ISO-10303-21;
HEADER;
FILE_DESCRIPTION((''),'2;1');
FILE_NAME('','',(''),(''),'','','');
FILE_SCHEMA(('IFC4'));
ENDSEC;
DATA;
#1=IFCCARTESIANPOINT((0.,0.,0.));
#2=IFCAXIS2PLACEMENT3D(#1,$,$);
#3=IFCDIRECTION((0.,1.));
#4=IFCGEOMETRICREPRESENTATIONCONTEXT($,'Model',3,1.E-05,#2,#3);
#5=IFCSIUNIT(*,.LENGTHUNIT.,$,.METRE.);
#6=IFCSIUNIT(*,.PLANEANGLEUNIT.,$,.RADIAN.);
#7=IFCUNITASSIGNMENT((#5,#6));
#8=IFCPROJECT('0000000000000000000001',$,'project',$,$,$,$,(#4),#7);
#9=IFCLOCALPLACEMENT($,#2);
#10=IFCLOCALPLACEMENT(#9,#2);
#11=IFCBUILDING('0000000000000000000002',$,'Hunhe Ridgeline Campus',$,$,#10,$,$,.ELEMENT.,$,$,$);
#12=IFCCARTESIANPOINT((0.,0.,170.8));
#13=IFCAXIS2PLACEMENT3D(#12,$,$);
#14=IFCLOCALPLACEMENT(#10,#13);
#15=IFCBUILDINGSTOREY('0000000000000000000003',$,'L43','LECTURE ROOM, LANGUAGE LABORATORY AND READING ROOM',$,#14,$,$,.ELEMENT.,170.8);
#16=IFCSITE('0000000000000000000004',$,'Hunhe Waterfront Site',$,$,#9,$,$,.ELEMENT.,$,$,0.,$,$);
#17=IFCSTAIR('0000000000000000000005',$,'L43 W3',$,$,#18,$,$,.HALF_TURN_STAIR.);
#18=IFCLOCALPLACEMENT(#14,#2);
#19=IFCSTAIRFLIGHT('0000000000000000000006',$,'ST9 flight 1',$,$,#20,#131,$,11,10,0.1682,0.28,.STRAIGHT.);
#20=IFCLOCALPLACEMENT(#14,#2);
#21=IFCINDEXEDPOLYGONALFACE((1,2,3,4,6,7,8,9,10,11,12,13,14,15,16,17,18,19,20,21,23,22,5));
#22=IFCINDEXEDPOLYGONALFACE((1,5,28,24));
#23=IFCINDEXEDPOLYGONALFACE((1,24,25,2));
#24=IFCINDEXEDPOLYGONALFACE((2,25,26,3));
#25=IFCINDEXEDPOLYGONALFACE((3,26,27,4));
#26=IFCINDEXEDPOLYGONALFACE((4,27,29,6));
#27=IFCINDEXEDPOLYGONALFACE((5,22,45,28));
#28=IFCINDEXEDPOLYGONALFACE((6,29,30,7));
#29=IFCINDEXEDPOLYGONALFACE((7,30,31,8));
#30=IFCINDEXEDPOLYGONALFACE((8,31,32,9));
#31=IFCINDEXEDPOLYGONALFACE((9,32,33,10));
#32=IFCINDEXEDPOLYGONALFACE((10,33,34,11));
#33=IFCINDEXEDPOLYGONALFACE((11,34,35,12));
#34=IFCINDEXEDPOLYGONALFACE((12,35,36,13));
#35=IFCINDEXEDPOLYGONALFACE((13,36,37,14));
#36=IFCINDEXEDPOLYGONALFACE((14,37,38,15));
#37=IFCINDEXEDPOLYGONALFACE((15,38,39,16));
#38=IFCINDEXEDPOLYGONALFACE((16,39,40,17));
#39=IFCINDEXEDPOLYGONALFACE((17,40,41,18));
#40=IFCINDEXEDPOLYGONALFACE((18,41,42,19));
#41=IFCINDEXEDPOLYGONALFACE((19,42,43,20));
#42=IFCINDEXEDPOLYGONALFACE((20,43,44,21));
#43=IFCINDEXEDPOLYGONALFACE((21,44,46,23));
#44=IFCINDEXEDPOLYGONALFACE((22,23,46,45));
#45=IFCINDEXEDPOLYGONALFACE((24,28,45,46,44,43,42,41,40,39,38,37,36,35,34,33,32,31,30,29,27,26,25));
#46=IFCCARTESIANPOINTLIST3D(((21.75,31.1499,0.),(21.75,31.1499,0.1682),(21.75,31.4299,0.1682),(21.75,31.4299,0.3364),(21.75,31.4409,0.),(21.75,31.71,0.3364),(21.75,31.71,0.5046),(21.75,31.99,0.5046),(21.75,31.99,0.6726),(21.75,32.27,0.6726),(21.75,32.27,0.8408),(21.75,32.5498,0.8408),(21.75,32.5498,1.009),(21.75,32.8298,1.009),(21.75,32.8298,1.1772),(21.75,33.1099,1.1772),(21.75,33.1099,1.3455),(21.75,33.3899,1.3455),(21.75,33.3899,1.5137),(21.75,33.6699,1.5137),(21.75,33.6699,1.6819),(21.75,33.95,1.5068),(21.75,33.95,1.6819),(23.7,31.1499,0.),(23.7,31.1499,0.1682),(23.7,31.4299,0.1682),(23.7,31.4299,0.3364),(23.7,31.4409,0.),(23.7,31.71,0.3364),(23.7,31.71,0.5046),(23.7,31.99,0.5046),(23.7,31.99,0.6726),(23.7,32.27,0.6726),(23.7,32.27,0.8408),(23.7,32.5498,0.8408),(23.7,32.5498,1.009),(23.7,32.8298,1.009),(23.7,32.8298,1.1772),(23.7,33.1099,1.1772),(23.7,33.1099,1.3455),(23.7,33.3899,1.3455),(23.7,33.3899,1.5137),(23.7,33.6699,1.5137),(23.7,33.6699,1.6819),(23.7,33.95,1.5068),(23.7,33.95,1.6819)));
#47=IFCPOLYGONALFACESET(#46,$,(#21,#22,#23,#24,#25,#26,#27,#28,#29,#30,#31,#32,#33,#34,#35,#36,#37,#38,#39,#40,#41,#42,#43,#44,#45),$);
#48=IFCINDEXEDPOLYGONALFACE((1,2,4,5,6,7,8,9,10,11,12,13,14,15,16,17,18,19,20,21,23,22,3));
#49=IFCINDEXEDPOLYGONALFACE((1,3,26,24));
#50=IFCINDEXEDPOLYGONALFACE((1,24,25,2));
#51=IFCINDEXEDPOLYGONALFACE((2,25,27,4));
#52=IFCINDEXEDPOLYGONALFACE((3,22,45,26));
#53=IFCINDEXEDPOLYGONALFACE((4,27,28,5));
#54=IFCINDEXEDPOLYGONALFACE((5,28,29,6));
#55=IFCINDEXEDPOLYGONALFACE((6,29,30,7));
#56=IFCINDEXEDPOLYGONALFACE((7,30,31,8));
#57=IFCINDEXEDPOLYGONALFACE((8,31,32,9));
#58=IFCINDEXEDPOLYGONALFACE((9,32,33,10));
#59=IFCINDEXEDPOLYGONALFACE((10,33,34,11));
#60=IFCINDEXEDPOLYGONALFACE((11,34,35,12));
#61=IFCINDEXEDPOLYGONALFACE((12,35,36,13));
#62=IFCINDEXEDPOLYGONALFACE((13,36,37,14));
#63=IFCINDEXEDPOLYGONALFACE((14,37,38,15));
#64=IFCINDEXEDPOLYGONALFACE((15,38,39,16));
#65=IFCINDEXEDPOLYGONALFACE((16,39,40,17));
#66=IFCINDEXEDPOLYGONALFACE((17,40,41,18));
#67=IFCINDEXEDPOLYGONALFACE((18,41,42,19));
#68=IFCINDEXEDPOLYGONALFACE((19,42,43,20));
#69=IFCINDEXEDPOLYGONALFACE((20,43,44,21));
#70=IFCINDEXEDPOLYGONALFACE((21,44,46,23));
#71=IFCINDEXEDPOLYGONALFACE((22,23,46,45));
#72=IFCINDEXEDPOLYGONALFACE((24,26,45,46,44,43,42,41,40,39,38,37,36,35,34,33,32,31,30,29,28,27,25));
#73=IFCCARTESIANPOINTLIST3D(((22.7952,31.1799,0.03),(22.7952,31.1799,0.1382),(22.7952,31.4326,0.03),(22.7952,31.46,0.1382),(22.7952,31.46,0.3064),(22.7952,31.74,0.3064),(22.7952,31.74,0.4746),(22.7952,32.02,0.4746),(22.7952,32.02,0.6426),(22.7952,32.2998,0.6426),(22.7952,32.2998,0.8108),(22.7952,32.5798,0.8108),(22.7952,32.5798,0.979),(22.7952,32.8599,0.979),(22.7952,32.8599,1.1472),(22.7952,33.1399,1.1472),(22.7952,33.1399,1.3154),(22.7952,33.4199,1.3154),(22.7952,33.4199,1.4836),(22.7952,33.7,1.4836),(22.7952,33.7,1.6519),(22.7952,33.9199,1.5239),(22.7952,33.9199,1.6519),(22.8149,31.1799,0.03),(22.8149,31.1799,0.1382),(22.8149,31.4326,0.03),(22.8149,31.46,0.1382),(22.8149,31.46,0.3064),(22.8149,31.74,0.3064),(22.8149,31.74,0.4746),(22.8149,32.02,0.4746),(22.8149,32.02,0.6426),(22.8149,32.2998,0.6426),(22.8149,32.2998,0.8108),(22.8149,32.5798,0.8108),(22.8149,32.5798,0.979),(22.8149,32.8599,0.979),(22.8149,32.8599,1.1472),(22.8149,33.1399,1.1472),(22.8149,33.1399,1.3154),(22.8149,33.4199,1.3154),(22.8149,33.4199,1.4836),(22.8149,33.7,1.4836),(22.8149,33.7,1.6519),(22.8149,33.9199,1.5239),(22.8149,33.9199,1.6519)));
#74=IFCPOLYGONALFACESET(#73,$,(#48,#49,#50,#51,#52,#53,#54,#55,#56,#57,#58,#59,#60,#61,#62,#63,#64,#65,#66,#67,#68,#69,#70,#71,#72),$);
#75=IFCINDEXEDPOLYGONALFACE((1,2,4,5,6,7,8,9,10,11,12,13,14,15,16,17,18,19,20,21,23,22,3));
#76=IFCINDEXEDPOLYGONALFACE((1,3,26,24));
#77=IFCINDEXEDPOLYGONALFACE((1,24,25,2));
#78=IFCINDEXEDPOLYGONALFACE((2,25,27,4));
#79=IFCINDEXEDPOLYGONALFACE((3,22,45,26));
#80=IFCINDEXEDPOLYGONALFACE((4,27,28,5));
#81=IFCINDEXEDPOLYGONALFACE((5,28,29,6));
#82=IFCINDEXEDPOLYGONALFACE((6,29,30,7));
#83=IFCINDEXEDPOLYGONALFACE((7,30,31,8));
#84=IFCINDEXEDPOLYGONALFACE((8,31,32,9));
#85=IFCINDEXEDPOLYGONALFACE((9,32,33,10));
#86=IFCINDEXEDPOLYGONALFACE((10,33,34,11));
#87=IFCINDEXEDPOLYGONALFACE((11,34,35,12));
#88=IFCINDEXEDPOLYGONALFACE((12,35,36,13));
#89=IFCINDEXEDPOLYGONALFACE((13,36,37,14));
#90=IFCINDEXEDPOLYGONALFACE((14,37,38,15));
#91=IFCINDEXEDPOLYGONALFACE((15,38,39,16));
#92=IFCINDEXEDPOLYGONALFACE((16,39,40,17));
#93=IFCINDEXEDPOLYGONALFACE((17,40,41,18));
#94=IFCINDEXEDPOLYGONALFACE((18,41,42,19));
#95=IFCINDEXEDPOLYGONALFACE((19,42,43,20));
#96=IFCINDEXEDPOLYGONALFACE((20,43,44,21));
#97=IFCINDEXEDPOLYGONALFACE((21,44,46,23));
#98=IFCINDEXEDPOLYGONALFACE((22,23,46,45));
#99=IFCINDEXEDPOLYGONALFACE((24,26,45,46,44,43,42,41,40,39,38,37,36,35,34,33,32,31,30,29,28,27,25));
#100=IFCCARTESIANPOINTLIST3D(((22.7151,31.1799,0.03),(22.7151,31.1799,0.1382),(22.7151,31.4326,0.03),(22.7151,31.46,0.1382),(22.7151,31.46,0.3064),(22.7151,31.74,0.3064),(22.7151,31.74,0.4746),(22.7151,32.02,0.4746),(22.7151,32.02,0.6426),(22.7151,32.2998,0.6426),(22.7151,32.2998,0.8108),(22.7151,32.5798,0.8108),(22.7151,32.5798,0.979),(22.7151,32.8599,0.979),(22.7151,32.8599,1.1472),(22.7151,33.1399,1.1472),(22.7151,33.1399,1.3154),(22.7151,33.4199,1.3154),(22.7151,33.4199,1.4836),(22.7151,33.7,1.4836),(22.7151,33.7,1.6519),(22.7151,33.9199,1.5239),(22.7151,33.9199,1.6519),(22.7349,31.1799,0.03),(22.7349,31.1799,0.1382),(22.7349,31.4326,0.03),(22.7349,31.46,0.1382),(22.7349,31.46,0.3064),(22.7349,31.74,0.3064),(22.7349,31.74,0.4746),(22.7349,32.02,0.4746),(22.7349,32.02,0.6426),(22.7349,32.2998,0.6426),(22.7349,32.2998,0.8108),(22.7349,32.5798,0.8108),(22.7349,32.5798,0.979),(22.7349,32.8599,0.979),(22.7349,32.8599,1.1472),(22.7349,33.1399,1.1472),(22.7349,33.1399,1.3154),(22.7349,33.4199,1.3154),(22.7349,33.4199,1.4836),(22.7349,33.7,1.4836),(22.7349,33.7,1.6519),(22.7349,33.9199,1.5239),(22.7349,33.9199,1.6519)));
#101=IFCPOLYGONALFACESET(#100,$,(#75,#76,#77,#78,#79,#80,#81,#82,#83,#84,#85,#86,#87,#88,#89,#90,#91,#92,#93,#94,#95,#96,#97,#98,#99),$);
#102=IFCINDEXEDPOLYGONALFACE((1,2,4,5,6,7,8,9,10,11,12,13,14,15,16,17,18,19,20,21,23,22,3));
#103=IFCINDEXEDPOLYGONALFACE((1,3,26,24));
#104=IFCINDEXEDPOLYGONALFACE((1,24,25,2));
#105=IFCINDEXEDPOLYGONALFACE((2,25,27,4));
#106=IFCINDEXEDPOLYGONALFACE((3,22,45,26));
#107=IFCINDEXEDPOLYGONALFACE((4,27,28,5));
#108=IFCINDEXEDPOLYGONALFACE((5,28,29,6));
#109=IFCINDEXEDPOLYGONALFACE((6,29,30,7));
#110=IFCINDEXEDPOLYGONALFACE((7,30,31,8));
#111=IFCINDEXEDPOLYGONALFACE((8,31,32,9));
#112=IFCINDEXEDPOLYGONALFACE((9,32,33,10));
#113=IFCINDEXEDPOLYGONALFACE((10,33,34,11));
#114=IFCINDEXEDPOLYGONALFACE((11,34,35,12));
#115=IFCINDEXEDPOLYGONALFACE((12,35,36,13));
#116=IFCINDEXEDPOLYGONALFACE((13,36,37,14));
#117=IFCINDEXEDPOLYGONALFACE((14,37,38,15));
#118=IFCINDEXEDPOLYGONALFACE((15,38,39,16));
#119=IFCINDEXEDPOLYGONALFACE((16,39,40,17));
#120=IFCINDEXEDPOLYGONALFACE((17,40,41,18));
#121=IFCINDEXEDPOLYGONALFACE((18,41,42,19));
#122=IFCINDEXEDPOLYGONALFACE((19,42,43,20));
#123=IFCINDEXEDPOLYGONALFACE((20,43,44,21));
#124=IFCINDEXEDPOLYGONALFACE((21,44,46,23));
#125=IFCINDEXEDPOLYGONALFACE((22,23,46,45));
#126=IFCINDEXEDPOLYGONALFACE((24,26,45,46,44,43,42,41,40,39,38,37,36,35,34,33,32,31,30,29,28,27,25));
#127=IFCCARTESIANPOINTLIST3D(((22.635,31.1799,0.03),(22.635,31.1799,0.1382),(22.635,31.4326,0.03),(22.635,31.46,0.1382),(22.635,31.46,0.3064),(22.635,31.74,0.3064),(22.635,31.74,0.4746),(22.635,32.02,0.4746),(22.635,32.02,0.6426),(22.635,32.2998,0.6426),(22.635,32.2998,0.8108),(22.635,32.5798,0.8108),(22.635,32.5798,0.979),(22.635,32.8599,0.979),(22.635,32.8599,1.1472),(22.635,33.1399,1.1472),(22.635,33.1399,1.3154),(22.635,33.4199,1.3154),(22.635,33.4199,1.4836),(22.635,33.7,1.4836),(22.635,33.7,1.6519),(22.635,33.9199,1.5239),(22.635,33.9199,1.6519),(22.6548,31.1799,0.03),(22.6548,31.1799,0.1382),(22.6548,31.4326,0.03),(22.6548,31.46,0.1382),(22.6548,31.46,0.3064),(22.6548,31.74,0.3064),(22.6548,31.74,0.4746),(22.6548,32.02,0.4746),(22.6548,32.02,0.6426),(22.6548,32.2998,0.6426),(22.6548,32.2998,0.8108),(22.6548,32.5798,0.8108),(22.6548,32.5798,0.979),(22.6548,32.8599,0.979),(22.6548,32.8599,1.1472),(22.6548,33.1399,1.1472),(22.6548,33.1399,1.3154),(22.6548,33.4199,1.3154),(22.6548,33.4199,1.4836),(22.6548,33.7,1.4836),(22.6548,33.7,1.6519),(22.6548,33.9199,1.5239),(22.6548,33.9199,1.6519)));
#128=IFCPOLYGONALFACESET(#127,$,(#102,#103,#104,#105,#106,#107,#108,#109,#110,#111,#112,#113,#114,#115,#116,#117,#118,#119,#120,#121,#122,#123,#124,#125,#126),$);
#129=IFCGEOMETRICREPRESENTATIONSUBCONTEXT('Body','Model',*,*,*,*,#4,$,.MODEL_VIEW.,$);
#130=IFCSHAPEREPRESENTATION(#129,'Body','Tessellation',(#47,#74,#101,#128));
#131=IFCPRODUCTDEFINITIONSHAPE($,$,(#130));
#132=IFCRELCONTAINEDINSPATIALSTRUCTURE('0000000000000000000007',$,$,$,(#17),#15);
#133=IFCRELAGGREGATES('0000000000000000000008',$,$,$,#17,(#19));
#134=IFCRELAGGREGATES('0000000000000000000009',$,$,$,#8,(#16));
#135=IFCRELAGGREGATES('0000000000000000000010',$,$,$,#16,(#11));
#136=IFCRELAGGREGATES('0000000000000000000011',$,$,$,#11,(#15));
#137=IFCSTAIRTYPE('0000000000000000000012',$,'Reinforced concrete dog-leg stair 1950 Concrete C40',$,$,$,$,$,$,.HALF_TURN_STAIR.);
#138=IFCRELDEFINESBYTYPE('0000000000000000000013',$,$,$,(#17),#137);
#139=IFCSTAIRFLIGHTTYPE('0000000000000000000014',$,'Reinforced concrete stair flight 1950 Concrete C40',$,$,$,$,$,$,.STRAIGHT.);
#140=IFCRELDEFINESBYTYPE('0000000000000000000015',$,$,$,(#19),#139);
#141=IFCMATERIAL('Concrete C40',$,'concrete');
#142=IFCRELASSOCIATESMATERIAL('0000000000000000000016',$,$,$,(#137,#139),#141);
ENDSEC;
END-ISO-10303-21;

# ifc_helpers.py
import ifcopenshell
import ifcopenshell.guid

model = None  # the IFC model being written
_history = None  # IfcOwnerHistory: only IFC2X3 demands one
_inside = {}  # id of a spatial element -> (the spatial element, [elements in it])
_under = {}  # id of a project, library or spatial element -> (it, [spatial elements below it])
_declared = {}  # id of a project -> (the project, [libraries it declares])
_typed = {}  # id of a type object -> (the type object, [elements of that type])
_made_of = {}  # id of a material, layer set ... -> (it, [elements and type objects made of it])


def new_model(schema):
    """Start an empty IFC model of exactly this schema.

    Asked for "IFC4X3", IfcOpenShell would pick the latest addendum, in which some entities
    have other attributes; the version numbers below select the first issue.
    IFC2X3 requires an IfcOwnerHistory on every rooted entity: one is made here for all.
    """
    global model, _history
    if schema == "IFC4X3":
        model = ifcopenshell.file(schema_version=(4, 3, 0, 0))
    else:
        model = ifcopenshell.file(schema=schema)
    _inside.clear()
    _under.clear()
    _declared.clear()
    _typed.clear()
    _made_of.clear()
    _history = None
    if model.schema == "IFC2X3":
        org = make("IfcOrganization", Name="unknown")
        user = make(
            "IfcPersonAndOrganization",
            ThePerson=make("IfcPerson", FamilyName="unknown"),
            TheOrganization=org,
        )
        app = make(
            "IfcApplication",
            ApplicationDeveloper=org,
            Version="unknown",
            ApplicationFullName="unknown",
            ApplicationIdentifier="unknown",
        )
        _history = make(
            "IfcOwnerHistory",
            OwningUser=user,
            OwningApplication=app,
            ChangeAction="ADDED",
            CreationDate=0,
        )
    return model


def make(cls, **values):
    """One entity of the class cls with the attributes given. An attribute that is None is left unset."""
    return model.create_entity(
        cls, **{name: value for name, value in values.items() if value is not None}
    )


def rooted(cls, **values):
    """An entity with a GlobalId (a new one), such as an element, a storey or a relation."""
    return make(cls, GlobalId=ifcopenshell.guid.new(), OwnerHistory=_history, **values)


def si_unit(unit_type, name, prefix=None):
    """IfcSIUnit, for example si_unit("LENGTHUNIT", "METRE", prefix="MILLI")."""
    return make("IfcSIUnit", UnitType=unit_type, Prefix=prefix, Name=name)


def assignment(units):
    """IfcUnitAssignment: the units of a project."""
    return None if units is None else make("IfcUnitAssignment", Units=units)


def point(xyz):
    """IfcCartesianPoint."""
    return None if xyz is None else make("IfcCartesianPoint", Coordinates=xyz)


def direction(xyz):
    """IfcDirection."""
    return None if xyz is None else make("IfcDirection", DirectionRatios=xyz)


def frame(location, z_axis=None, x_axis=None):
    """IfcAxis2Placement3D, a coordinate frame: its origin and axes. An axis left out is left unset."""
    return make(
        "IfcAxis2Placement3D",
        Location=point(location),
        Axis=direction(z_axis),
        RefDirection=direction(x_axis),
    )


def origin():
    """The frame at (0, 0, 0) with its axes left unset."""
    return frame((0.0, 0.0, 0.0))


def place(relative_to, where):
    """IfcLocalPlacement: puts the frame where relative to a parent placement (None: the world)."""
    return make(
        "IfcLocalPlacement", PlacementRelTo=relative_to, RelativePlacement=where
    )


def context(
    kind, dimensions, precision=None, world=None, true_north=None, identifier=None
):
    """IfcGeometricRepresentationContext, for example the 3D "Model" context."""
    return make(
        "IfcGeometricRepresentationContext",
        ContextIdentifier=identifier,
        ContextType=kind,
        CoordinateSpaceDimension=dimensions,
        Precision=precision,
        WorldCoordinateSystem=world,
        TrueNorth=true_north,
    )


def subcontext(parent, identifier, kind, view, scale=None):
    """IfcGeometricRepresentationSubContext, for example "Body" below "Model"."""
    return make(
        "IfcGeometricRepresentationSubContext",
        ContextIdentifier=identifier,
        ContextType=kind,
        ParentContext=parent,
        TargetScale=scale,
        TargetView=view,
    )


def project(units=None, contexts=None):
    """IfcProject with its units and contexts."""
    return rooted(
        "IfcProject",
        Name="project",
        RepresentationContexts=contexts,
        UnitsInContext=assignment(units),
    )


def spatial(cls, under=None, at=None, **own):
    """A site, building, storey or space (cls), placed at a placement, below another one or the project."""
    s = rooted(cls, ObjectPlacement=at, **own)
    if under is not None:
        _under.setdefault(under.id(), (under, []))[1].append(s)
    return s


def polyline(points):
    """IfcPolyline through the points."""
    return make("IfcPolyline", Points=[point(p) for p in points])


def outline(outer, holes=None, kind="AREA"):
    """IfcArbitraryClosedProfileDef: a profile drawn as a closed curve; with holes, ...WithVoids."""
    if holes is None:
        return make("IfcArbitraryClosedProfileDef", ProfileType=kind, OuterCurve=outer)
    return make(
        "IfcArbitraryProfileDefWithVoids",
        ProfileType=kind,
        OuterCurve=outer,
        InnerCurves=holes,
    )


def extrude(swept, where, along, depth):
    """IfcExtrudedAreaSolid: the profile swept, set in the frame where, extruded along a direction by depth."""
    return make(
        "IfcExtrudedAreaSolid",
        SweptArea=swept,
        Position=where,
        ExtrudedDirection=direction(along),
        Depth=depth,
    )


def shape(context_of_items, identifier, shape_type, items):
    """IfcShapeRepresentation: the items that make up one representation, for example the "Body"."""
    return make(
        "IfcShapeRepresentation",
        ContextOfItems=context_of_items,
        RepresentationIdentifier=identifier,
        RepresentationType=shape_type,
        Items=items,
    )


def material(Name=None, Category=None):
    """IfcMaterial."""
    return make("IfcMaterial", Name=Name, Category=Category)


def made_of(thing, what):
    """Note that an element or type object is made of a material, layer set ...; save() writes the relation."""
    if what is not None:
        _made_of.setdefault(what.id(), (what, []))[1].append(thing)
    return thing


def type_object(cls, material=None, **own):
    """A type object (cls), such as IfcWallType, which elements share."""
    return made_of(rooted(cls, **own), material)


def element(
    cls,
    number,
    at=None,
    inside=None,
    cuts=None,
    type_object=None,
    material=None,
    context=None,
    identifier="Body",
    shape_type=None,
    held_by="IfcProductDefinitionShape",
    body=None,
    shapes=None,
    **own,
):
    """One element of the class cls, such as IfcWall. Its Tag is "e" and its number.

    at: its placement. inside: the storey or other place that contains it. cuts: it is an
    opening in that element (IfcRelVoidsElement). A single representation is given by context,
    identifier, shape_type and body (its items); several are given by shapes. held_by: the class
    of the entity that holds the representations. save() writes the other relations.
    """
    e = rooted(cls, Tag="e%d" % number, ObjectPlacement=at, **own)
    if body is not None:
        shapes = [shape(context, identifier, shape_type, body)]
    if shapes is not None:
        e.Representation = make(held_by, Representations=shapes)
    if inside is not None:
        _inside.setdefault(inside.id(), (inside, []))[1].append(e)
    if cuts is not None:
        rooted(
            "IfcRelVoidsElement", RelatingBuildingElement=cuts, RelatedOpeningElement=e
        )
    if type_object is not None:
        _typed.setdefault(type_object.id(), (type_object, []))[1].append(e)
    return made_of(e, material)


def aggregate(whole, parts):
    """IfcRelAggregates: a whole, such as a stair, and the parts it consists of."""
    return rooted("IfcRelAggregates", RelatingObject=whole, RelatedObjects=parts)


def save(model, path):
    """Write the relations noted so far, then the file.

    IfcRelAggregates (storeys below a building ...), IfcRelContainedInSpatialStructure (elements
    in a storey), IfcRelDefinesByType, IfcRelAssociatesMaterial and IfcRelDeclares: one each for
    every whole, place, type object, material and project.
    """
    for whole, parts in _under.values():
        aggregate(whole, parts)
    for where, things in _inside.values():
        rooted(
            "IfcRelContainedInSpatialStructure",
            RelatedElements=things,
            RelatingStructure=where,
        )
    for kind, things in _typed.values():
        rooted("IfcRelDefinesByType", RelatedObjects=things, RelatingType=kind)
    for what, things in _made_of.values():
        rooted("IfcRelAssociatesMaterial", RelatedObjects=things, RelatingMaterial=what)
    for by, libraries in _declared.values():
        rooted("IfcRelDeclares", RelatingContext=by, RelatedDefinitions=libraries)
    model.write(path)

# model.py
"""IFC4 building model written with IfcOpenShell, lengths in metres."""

from ifc_helpers import new_model, si_unit, direction, frame, origin, place, context, subcontext, project, spatial, polyline, outline, extrude, material, type_object, element, aggregate, save


model = new_model("IFC4")

# Units and contexts
model_context = context("Model", 3, precision=1e-05, world=origin(), true_north=direction((0.0, 1.0)))
body_context = subcontext(model_context, "Body", "Model", "MODEL_VIEW")
ifc_project = project(units=[si_unit("LENGTHUNIT", "METRE"), si_unit("PLANEANGLEUNIT", "RADIAN")], contexts=[model_context])

# Site, building, storey
site_placement = place(None, origin())
site = spatial("IfcSite", under=ifc_project, at=site_placement, Name="Hunhe Waterfront Site", CompositionType="ELEMENT", RefElevation=0.0)
building_placement = place(site_placement, origin())
building = spatial("IfcBuilding", under=site, at=building_placement, Name="Hunhe Ridgeline Campus", CompositionType="ELEMENT")
storey_placement = place(building_placement, frame((0.0, 0.0, 170.8)))
storey = spatial("IfcBuildingStorey", under=building, at=storey_placement, Name="L43", Description="LECTURE ROOM, LANGUAGE LABORATORY AND READING ROOM", CompositionType="ELEMENT", Elevation=170.8)

# Stair, stair flight
ifc_material_1 = material(Name="Concrete C40", Category="concrete")
stair_type = type_object("IfcStairType", Name="Reinforced concrete dog-leg stair 1950 Concrete C40", PredefinedType="HALF_TURN_STAIR", material=ifc_material_1)
stair_placement = place(storey_placement, origin())
stair = element("IfcStair", 1, at=stair_placement, inside=storey, type_object=stair_type, Name="L43 W3", PredefinedType="HALF_TURN_STAIR")
stair_flight_type = type_object("IfcStairFlightType", Name="Reinforced concrete stair flight 1950 Concrete C40", PredefinedType="STRAIGHT", material=ifc_material_1)
stair_flight_placement = place(storey_placement, frame((22.7251, 31.1499, 0.0), z_axis=(0.0, 0.0, 1.0), x_axis=(0.0, 1.0, 0.0)))
stair_flight = element("IfcStairFlight", 2, at=stair_flight_placement, type_object=stair_flight_type, Name="ST9 flight 1", NumberOfRisers=11, NumberOfTreads=10, PredefinedType="STRAIGHT", RiserHeight=0.1682, TreadLength=0.28, context=body_context, shape_type="SweptSolid", body=[
    extrude(outline(polyline([(0.0, 0.0), (0.0, 0.1682), (0.28, 0.1682), (0.28, 0.3364), (0.5601, 0.3364), (0.5601, 0.5046), (0.8401, 0.5046), (0.8401, 0.6726), (1.1201, 0.6726), (1.1201, 0.8408), (1.3999, 0.8408), (1.3999, 1.009), (1.6799, 1.009), (1.6799, 1.1772), (1.96, 1.1772), (1.96, 1.3455), (2.24, 1.3455), (2.24, 1.5137), (2.52, 1.5137), (2.52, 1.6819), (2.8, 1.6819), (2.8, 1.8501), (2.8, 1.5068), (0.291, 0.0), (0.0, 0.0)])), frame((0.0, 0.9751, 0.0), z_axis=(0.0, -1.0, 0.0), x_axis=(1.0, 0.0, 0.0)), (0.0, 0.0, 1.0), 1.95),
    extrude(outline(polyline([(0.03, 0.03), (0.03, 0.1382), (0.3101, 0.1382), (0.3101, 0.3064), (0.5901, 0.3064), (0.5901, 0.4746), (0.8701, 0.4746), (0.8701, 0.6426), (1.1499, 0.6426), (1.1499, 0.8108), (1.4299, 0.8108), (1.4299, 0.979), (1.71, 0.979), (1.71, 1.1472), (1.99, 1.1472), (1.99, 1.3154), (2.27, 1.3154), (2.27, 1.4836), (2.55, 1.4836), (2.55, 1.6519), (2.77, 1.6519), (2.77, 1.5239), (0.2827, 0.03), (0.03, 0.03)])), frame((0.0, -0.0701, 0.0), z_axis=(0.0, -1.0, 0.0), x_axis=(1.0, 0.0, 0.0)), (0.0, 0.0, 1.0), 0.0198),
    extrude(outline(polyline([(0.03, 0.03), (0.03, 0.1382), (0.3101, 0.1382), (0.3101, 0.3064), (0.5901, 0.3064), (0.5901, 0.4746), (0.8701, 0.4746), (0.8701, 0.6426), (1.1499, 0.6426), (1.1499, 0.8108), (1.4299, 0.8108), (1.4299, 0.979), (1.71, 0.979), (1.71, 1.1472), (1.99, 1.1472), (1.99, 1.3154), (2.27, 1.3154), (2.27, 1.4836), (2.55, 1.4836), (2.55, 1.6519), (2.77, 1.6519), (2.77, 1.5239), (0.2827, 0.03), (0.03, 0.03)])), frame((0.0, 0.01, 0.0), z_axis=(0.0, -1.0, 0.0), x_axis=(1.0, 0.0, 0.0)), (0.0, 0.0, 1.0), 0.0198),
    extrude(outline(polyline([(0.03, 0.03), (0.03, 0.1382), (0.3101, 0.1382), (0.3101, 0.3064), (0.5901, 0.3064), (0.5901, 0.4746), (0.8701, 0.4746), (0.8701, 0.6426), (1.1499, 0.6426), (1.1499, 0.8108), (1.4299, 0.8108), (1.4299, 0.979), (1.71, 0.979), (1.71, 1.1472), (1.99, 1.1472), (1.99, 1.3154), (2.27, 1.3154), (2.27, 1.4836), (2.55, 1.4836), (2.55, 1.6519), (2.77, 1.6519), (2.77, 1.5239), (0.2827, 0.03), (0.03, 0.03)])), frame((0.0, 0.0901, 0.0), z_axis=(0.0, -1.0, 0.0), x_axis=(1.0, 0.0, 0.0)), (0.0, 0.0, 1.0), 0.0198),
])
aggregate(stair, [stair_flight])

save(model, "model.ifc")
